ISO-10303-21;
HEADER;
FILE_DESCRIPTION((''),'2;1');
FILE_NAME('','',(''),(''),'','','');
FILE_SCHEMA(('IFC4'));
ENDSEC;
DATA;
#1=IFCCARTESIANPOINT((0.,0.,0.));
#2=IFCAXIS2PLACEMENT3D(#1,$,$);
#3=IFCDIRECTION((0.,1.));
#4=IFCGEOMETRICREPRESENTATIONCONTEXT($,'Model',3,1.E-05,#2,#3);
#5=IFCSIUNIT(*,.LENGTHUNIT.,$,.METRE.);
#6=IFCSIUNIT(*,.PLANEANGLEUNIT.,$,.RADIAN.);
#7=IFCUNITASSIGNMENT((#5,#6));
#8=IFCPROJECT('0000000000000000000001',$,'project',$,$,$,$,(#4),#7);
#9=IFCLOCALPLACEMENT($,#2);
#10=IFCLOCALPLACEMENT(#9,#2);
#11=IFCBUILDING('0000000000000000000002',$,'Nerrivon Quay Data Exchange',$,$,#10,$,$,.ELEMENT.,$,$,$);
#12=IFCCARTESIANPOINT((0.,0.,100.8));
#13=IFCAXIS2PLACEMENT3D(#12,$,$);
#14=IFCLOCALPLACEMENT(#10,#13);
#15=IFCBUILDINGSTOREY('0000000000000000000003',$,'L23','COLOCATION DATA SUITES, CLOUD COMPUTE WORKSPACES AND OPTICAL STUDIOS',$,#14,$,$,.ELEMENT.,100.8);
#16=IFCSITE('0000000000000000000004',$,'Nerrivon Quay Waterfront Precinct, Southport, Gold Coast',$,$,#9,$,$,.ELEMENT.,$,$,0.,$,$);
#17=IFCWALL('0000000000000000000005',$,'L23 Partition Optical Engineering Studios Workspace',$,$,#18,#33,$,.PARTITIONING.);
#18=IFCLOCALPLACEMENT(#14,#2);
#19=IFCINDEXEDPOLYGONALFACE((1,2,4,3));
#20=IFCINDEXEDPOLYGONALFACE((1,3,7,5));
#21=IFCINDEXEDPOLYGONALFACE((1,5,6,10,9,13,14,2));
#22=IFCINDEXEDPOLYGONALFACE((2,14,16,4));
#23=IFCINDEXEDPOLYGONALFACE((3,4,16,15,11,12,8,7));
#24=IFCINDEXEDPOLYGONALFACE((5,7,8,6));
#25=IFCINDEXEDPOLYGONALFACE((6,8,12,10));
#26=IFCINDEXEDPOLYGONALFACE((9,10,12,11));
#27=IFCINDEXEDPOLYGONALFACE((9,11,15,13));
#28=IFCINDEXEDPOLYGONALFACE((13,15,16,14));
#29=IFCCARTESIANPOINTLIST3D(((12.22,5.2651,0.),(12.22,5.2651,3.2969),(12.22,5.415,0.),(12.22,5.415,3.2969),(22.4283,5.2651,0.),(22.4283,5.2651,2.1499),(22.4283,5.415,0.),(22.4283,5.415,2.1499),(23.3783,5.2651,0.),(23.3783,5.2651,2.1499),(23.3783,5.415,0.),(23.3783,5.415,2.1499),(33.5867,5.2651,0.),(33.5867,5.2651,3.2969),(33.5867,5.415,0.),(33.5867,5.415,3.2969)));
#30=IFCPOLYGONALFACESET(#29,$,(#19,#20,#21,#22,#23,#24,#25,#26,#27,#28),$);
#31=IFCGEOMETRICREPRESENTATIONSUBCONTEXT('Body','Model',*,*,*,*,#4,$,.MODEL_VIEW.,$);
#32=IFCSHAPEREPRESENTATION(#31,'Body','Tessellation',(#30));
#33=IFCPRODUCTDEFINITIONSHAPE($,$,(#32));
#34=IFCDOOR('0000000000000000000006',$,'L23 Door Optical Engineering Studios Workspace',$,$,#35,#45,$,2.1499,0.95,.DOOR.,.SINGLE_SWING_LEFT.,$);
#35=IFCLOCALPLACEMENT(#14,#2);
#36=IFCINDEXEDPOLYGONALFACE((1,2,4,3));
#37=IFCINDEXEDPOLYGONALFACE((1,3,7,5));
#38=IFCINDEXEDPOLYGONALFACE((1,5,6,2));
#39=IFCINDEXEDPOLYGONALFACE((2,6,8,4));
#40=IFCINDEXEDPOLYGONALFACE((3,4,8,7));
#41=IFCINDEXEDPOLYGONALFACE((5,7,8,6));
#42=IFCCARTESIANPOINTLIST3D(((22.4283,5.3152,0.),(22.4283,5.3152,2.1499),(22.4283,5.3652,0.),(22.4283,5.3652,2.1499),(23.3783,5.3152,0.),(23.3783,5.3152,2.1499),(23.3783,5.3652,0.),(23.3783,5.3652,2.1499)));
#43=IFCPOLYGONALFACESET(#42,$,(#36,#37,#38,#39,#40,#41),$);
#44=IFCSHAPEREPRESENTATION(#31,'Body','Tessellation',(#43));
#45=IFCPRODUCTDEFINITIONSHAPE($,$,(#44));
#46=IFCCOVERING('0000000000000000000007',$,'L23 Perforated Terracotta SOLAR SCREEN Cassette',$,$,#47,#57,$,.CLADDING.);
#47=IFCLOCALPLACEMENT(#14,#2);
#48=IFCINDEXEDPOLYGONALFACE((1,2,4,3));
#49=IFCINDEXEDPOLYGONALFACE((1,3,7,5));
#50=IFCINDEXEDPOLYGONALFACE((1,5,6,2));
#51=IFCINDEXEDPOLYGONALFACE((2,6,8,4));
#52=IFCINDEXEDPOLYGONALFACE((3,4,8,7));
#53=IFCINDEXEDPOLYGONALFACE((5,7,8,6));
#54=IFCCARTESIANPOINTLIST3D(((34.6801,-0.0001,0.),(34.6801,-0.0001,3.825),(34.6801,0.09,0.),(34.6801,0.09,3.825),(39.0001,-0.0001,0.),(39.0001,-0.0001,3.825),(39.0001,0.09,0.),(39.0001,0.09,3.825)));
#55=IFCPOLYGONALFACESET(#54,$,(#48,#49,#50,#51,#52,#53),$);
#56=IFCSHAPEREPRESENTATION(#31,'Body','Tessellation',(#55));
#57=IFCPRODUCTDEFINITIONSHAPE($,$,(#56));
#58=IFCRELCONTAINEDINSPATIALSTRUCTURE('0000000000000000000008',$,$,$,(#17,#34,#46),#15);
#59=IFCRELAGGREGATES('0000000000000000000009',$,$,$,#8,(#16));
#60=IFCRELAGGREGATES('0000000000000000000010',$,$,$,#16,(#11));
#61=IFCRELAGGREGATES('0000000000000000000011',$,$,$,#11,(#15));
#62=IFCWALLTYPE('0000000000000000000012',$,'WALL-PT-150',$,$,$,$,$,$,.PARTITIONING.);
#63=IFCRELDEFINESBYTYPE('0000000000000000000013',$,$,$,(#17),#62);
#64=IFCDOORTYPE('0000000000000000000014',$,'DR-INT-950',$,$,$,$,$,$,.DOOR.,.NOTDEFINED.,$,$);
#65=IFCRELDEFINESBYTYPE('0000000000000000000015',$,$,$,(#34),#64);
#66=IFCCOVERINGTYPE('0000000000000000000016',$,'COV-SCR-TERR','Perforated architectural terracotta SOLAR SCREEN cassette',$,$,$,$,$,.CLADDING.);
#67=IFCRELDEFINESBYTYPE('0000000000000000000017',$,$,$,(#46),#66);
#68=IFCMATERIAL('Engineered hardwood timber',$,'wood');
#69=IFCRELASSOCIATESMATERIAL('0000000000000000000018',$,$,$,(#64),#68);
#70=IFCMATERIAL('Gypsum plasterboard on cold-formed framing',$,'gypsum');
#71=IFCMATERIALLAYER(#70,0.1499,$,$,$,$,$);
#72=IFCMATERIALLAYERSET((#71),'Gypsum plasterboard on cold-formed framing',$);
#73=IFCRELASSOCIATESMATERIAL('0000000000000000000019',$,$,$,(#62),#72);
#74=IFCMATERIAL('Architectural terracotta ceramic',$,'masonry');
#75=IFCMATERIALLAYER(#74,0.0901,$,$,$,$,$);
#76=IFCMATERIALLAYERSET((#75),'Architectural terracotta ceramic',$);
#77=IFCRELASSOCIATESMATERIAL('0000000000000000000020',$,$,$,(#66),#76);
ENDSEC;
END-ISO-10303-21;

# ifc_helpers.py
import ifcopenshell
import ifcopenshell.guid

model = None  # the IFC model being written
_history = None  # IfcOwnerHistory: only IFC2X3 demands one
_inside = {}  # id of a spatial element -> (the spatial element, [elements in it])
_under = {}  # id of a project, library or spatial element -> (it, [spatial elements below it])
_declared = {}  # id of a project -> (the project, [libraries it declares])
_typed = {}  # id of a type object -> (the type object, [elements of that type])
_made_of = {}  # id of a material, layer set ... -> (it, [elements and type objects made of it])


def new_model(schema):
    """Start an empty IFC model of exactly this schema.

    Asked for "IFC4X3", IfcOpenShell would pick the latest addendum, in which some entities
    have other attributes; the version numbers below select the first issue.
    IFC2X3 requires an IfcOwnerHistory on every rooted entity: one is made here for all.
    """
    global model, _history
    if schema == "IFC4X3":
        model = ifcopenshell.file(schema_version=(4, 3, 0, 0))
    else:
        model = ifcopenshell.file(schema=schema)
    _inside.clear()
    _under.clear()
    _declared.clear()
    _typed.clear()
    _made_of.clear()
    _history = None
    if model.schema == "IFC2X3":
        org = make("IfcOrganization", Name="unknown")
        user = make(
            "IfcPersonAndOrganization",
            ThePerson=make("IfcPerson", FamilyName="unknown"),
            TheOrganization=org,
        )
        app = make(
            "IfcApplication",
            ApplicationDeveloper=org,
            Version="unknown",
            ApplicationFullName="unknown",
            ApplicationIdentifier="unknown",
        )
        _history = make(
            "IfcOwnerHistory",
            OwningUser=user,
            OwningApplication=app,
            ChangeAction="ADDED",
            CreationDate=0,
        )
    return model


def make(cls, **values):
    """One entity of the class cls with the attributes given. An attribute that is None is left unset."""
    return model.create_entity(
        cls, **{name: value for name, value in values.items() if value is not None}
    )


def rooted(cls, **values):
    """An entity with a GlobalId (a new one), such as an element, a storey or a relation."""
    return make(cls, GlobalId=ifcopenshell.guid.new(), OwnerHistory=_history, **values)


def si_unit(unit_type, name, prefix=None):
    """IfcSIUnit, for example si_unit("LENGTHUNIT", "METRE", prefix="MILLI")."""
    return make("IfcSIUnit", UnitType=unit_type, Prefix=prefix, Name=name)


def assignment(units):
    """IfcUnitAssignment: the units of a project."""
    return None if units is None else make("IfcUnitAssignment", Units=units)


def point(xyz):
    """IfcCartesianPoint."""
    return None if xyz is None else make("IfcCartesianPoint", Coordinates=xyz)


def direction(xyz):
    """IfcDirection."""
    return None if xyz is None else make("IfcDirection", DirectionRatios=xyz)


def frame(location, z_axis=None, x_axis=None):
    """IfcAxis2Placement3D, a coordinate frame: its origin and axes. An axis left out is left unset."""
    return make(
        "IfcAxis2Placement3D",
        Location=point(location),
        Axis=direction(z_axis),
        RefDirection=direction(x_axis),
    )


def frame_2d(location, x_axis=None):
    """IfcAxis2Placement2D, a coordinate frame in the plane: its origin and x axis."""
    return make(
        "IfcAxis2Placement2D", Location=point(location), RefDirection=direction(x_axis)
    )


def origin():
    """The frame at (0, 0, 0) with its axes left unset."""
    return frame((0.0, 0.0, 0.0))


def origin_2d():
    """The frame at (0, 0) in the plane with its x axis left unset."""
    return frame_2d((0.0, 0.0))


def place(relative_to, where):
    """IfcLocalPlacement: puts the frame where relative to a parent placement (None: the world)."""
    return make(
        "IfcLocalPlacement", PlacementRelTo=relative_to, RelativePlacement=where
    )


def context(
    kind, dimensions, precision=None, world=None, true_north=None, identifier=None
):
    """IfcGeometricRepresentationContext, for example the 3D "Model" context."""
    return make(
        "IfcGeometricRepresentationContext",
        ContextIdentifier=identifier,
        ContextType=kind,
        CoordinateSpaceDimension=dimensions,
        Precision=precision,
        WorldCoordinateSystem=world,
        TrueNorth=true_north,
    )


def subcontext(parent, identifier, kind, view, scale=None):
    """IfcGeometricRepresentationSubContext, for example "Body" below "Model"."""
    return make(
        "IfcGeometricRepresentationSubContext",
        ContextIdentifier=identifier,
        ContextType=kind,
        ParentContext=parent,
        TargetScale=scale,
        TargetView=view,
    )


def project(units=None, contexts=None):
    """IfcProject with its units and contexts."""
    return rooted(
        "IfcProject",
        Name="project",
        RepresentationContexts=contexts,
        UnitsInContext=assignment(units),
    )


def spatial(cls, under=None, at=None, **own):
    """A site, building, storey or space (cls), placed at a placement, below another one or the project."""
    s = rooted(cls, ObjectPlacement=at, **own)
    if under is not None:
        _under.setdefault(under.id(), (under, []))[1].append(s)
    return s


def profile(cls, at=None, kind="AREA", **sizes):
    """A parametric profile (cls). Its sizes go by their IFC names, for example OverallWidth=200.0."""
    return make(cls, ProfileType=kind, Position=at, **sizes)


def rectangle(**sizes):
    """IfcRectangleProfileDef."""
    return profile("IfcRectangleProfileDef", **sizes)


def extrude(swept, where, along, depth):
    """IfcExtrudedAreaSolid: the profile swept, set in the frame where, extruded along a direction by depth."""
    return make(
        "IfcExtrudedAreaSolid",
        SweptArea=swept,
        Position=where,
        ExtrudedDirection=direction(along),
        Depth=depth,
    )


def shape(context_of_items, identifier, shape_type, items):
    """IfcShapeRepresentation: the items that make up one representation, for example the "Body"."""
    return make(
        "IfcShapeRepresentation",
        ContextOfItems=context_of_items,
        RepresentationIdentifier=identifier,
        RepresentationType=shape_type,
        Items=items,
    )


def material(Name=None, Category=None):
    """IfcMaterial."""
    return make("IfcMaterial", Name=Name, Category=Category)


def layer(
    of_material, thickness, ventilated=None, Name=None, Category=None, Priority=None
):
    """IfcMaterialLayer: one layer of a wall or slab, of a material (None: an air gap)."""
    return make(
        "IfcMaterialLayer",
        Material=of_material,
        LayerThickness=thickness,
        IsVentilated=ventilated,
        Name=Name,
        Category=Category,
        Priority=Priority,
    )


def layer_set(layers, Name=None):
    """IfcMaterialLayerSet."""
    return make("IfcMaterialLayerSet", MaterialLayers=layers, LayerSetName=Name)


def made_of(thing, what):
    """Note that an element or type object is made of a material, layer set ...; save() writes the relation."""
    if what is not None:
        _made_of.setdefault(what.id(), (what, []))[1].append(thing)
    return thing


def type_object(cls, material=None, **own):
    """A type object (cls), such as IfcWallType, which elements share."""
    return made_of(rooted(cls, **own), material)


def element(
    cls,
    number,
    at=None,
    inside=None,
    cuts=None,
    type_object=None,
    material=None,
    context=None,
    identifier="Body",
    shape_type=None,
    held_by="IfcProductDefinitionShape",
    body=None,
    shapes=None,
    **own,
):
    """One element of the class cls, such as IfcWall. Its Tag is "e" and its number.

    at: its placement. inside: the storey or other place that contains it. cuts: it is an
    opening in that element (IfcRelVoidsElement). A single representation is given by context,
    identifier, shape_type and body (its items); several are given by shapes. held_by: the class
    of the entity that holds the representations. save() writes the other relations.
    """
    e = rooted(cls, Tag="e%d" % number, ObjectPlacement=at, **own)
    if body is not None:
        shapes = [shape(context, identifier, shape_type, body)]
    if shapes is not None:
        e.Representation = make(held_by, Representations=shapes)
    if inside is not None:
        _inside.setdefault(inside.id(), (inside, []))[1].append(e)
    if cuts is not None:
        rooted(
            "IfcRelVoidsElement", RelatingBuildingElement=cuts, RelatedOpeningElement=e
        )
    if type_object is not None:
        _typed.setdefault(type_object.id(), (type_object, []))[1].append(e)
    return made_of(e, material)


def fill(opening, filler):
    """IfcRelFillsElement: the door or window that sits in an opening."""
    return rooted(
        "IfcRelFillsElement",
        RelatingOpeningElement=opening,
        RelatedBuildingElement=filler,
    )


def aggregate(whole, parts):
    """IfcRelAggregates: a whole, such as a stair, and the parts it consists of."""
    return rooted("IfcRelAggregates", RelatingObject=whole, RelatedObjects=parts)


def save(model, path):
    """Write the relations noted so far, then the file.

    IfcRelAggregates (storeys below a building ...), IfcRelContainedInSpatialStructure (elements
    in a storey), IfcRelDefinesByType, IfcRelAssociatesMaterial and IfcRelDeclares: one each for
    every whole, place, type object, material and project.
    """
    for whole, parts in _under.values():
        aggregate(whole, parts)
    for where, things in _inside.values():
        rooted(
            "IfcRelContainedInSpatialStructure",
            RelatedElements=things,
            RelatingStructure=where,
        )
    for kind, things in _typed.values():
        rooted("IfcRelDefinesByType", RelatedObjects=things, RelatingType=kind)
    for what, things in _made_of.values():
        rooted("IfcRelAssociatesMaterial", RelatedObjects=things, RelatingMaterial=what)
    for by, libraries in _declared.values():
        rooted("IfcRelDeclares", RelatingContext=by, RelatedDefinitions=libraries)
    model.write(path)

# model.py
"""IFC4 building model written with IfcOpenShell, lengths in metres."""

from ifc_helpers import new_model, si_unit, direction, frame, frame_2d, origin, origin_2d, place, context, subcontext, project, spatial, rectangle, extrude, material, layer, layer_set, type_object, element, fill, save


model = new_model("IFC4")

# Units and contexts
model_context = context("Model", 3, precision=1e-05, world=origin(), true_north=direction((0.0, 1.0)))
body_context = subcontext(model_context, "Body", "Model", "MODEL_VIEW")
ifc_project = project(units=[si_unit("LENGTHUNIT", "METRE"), si_unit("PLANEANGLEUNIT", "RADIAN")], contexts=[model_context])

# Site, building, storey
site_placement = place(None, origin())
site = spatial("IfcSite", under=ifc_project, at=site_placement, Name="Nerrivon Quay Waterfront Precinct, Southport, Gold Coast", CompositionType="ELEMENT", RefElevation=0.0)
building_placement = place(site_placement, origin())
building = spatial("IfcBuilding", under=site, at=building_placement, Name="Nerrivon Quay Data Exchange", CompositionType="ELEMENT")
storey_placement = place(building_placement, frame((0.0, 0.0, 100.8)))
storey = spatial("IfcBuildingStorey", under=building, at=storey_placement, Name="L23", Description="COLOCATION DATA SUITES, CLOUD COMPUTE WORKSPACES AND OPTICAL STUDIOS", CompositionType="ELEMENT", Elevation=100.8)

# Shared definitions
ifc_material_1 = material(Name="Gypsum plasterboard on cold-formed framing", Category="gypsum")

# Shared definitions
ifc_material_2 = material(Name="Engineered hardwood timber", Category="wood")
door_type = type_object("IfcDoorType", Name="DR-INT-950", OperationType="NOTDEFINED", PredefinedType="DOOR", material=ifc_material_2)

# Wall, opening, door
ifc_layer_1 = layer(ifc_material_1, 0.1499)
ifc_layer_set_1 = layer_set([ifc_layer_1], Name="Gypsum plasterboard on cold-formed framing")
wall_type_1 = type_object("IfcWallType", Name="WALL-PT-150", PredefinedType="PARTITIONING", material=ifc_layer_set_1)
wall_1_placement = place(storey_placement, frame((33.5867, 5.3401, 0.0), z_axis=(0.0, 0.0, 1.0), x_axis=(-1.0, 0.0, 0.0)))
wall_1 = element("IfcWall", 1, at=wall_1_placement, inside=storey, type_object=wall_type_1, Name="L23 Partition Optical Engineering Studios Workspace", PredefinedType="PARTITIONING", context=body_context, shape_type="SweptSolid", body=[
    extrude(rectangle(XDim=21.3667, YDim=0.1499, at=frame_2d((10.6833, 0.0))), origin(), (0.0, 0.0, 1.0), 3.2969),
])
opening_1_placement = place(wall_1_placement, frame((10.2083, 0.0, 0.0)))
opening_1 = element("IfcOpeningElement", 2, at=opening_1_placement, cuts=wall_1, PredefinedType="OPENING", context=body_context, shape_type="SweptSolid", body=[
    extrude(rectangle(XDim=0.95, YDim=2.1499, at=frame_2d((0.4751, 1.075))), frame((0.0, 0.085, 0.0), z_axis=(0.0, -1.0, 0.0), x_axis=(1.0, 0.0, 0.0)), (0.0, 0.0, 1.0), 0.1699),
])
door_1_placement = place(opening_1_placement, origin())
door_1 = element("IfcDoor", 3, at=door_1_placement, inside=storey, type_object=door_type, Name="L23 Door Optical Engineering Studios Workspace", OperationType="SINGLE_SWING_LEFT", OverallHeight=2.1499, OverallWidth=0.95, PredefinedType="DOOR", context=body_context, shape_type="SweptSolid", body=[
    extrude(rectangle(XDim=0.95, YDim=2.1499, at=frame_2d((0.4751, 1.075))), frame((0.0, 0.0249, 0.0), z_axis=(0.0, -1.0, 0.0), x_axis=(1.0, 0.0, 0.0)), (0.0, 0.0, 1.0), 0.05),
])
fill(opening_1, door_1)

# Covering
ifc_material_3 = material(Name="Architectural terracotta ceramic", Category="masonry")
ifc_layer_2 = layer(ifc_material_3, 0.0901)
ifc_layer_set_2 = layer_set([ifc_layer_2], Name="Architectural terracotta ceramic")
covering_type = type_object("IfcCoveringType", Name="COV-SCR-TERR", Description="Perforated architectural terracotta SOLAR SCREEN cassette", PredefinedType="CLADDING", material=ifc_layer_set_2)
covering_placement = place(storey_placement, frame((36.8401, 0.0449, 0.0), z_axis=(0.0, 0.0, 1.0), x_axis=(-1.0, 0.0, 0.0)))
element("IfcCovering", 4, at=covering_placement, inside=storey, type_object=covering_type, Name="L23 Perforated Terracotta SOLAR SCREEN Cassette", PredefinedType="CLADDING", context=body_context, shape_type="SweptSolid", body=[
    extrude(rectangle(XDim=4.3201, YDim=0.0901, at=origin_2d()), origin(), (0.0, 0.0, 1.0), 3.825),
])

save(model, "model.ifc")
